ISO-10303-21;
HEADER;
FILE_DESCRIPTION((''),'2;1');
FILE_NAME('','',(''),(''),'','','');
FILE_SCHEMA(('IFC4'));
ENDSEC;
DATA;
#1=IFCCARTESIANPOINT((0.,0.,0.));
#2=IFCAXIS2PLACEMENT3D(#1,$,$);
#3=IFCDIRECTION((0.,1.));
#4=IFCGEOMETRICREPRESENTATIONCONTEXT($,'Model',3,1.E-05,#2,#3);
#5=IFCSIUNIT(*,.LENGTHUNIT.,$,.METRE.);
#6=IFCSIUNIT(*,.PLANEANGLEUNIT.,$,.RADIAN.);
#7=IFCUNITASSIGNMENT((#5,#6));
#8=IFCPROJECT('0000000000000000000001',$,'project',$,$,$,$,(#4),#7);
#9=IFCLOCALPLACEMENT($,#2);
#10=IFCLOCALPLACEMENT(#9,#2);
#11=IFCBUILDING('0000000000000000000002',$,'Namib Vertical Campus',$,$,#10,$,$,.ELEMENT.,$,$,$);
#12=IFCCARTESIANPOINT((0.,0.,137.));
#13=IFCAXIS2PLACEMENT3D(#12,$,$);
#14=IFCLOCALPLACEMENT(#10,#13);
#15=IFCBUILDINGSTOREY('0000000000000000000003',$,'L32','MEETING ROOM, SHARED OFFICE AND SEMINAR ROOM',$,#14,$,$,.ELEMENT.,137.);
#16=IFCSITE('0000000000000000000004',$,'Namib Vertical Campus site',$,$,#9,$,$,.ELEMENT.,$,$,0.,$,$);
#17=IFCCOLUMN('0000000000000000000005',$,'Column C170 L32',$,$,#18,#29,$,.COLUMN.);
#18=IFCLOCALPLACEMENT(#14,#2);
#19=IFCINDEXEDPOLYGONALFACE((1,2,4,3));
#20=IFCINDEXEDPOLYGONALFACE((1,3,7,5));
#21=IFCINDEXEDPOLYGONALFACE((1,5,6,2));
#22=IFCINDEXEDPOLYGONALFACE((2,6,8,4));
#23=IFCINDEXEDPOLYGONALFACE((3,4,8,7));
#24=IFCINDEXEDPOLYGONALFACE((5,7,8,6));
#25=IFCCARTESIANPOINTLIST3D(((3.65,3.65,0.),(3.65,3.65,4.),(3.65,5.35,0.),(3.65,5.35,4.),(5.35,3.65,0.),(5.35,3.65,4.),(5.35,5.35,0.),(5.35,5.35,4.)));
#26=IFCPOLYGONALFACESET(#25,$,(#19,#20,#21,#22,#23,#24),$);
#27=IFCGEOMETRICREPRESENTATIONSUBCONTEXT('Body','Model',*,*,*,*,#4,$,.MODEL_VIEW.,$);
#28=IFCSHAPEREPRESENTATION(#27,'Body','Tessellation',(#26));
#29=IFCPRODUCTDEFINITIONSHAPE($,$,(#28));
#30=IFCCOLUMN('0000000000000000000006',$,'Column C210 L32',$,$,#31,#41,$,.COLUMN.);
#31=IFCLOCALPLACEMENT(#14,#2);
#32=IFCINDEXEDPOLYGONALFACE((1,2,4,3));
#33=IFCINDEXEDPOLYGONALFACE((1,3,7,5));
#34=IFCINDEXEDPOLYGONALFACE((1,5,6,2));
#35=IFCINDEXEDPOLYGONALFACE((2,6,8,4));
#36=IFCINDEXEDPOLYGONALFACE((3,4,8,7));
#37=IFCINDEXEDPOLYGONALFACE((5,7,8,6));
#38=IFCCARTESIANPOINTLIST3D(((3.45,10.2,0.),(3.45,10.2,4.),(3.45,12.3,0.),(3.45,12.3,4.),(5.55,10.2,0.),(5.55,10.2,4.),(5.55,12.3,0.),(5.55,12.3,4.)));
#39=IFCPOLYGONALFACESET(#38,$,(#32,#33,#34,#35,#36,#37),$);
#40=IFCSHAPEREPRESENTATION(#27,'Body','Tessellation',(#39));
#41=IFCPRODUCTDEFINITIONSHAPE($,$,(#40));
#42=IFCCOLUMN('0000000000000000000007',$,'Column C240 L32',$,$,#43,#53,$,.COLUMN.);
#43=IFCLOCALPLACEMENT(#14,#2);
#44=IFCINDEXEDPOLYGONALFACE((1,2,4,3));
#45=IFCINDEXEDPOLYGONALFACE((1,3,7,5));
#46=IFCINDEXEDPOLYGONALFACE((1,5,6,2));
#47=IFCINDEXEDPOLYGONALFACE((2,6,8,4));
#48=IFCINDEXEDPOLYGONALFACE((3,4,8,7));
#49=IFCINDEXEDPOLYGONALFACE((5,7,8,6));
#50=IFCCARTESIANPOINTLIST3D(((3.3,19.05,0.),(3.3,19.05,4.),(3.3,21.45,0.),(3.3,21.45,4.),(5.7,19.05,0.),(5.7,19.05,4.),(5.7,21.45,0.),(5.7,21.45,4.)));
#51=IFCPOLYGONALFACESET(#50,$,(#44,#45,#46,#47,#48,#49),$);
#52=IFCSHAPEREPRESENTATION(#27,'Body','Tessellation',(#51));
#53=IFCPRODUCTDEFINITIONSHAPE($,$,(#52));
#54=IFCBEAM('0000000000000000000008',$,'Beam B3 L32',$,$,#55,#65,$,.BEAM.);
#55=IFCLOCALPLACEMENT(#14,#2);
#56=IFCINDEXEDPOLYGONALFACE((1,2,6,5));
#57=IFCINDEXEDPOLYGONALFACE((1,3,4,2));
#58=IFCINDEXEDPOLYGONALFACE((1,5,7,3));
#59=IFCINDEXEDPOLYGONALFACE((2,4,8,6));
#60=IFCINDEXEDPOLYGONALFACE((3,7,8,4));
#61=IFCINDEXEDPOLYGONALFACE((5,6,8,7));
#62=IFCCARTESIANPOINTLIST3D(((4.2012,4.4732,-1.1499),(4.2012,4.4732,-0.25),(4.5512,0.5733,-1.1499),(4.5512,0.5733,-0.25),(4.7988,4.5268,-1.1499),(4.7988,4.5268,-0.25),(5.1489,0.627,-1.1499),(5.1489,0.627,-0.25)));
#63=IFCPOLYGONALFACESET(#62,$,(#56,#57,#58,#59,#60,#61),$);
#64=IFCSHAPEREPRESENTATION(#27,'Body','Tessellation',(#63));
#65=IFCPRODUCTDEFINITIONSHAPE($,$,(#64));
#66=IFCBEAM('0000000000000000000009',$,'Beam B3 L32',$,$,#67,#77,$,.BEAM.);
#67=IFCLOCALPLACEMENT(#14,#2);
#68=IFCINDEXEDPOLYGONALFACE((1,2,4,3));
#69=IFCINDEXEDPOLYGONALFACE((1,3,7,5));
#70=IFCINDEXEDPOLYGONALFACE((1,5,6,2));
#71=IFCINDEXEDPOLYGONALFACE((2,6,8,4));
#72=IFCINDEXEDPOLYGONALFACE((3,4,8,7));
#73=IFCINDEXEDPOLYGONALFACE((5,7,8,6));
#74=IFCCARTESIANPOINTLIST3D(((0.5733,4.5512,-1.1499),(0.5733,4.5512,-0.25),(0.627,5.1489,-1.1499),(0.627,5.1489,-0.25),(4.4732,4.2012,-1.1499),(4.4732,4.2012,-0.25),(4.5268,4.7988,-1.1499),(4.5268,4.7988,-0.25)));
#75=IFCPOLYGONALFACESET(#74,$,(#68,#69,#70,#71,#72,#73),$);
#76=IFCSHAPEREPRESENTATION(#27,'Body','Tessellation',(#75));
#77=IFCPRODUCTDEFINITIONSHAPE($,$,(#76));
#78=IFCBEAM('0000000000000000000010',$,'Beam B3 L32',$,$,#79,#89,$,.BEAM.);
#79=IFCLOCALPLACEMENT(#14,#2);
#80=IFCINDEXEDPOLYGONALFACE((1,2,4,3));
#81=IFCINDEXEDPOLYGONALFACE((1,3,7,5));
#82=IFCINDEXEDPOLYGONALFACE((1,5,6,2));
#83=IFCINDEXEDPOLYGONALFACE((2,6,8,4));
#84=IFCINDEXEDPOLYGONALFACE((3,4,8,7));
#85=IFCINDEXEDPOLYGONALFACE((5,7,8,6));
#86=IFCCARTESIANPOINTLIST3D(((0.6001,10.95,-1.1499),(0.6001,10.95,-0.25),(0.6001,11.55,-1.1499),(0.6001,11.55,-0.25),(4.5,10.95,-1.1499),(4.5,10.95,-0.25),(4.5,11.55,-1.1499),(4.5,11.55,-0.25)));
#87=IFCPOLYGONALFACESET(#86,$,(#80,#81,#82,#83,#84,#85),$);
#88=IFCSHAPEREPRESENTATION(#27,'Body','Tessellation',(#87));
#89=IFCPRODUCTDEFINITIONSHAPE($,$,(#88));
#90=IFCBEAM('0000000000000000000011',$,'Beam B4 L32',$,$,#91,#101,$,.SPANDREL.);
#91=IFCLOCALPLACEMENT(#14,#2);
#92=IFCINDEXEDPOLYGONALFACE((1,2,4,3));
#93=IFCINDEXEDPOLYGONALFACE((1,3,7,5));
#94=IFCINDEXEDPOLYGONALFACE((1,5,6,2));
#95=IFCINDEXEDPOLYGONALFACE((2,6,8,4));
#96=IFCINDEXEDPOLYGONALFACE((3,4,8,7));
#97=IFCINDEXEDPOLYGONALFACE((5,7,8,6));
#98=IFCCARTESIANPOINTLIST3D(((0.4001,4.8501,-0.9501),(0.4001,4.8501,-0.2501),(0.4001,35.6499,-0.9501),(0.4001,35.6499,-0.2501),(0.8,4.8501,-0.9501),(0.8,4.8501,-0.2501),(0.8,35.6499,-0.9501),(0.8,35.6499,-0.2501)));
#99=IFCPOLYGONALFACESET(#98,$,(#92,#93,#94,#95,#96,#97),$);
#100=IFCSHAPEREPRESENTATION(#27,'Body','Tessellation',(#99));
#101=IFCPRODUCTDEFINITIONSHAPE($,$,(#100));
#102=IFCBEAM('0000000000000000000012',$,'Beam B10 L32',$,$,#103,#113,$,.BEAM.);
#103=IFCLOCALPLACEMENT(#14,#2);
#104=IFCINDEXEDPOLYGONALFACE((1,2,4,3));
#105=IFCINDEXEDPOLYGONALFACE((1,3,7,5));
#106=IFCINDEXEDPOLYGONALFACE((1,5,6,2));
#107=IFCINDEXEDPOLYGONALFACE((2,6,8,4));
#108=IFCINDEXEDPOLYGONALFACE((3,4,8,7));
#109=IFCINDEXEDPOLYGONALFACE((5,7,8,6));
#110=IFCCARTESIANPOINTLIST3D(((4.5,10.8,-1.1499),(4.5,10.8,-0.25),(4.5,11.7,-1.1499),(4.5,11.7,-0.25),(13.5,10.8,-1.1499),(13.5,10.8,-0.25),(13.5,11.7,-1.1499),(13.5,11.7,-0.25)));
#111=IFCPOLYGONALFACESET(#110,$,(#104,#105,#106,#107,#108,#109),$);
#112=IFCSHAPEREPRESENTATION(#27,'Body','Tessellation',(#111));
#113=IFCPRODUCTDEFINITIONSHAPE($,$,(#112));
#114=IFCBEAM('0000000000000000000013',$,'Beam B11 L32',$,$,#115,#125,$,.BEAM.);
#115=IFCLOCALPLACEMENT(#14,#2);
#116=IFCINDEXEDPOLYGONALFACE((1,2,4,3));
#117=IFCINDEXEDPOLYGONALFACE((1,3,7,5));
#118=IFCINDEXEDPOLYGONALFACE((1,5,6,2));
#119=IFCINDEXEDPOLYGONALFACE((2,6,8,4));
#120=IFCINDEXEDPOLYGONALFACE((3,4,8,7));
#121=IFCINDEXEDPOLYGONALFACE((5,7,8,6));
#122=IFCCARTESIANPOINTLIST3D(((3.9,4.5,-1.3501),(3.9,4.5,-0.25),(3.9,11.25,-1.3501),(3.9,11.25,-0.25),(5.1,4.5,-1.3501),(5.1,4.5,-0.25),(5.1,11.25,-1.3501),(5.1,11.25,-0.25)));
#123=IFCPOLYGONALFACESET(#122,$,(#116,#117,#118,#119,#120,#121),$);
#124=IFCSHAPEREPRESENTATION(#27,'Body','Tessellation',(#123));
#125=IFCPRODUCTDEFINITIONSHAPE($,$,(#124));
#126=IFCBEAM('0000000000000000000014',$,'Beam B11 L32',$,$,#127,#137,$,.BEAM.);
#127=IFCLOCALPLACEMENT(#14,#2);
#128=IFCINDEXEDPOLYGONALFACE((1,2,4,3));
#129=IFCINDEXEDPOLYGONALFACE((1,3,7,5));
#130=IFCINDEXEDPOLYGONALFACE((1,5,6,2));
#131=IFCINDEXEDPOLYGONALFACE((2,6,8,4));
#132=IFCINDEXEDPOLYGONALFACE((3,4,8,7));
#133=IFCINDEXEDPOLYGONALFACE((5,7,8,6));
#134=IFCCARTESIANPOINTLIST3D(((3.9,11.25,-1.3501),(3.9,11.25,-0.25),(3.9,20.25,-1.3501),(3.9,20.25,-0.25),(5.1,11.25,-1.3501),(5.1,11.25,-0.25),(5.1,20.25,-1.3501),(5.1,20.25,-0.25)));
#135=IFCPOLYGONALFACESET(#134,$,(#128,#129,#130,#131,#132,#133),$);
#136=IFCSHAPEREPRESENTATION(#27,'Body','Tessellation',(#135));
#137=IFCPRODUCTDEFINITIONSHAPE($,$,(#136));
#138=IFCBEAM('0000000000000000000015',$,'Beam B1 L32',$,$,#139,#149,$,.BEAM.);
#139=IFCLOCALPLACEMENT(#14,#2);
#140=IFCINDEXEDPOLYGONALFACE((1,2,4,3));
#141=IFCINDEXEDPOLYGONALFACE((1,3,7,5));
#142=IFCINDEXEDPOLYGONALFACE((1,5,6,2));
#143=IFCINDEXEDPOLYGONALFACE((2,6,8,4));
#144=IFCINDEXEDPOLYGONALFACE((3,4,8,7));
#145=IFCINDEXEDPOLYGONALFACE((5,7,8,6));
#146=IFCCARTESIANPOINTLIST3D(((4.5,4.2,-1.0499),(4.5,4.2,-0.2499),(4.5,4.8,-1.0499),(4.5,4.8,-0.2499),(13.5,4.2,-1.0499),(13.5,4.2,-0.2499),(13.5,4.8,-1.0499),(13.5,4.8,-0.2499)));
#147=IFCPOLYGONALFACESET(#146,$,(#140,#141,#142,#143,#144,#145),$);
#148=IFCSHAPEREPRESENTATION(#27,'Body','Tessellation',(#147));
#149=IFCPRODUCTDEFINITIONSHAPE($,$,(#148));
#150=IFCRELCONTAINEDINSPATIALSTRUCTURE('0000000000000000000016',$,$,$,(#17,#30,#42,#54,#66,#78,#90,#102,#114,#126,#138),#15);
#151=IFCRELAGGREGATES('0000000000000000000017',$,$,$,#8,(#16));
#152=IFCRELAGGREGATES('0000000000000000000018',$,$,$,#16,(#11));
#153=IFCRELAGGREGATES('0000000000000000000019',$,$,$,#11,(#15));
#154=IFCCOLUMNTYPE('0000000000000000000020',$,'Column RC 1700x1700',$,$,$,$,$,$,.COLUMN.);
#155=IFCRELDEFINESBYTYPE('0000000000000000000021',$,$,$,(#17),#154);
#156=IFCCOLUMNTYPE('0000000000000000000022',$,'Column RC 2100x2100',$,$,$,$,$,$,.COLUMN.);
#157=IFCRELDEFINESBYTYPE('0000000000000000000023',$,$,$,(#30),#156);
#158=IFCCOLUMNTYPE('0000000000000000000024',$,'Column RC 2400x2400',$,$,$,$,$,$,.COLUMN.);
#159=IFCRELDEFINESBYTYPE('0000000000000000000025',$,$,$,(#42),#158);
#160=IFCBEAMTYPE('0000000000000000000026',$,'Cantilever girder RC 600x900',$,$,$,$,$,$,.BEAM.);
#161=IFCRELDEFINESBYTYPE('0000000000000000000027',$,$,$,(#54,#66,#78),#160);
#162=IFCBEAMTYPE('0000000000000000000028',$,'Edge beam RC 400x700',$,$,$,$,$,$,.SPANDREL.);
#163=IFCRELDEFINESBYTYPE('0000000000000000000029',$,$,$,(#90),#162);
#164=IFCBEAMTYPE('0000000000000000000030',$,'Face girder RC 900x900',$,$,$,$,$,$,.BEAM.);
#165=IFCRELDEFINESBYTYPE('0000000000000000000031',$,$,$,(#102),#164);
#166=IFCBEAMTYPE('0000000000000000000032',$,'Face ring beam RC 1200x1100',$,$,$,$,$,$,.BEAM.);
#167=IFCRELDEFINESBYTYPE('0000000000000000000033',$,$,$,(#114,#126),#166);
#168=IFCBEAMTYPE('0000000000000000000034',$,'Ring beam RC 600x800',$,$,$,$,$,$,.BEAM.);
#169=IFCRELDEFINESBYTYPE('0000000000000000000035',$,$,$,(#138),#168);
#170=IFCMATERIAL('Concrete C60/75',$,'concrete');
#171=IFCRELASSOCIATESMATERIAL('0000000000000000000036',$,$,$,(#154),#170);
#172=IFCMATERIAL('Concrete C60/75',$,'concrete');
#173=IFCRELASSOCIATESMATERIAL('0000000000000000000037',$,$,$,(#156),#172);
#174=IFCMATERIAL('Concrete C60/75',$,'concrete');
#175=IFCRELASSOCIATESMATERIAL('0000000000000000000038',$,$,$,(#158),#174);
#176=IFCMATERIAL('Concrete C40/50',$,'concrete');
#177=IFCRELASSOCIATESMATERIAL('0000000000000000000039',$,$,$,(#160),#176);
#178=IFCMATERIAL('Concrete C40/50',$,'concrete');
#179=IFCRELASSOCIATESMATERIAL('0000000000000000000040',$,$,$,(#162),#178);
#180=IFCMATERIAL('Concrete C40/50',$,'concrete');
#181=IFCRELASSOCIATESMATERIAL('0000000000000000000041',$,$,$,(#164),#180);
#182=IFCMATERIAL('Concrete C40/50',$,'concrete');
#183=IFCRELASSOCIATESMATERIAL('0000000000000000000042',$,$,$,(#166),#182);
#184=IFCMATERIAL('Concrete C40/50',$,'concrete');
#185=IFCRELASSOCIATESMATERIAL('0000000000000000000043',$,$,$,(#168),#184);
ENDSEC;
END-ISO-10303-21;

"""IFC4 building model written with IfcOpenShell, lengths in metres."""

from ifc_helpers import new_model, si_unit, direction, frame, origin, origin_2d, place, context, subcontext, project, spatial, rectangle, extrude, material, material_profile, profile_set, type_object, element, save


model = new_model("IFC4")

# Units and contexts
model_context = context("Model", 3, precision=1e-05, world=origin(), true_north=direction((0.0, 1.0)))
body_context = subcontext(model_context, "Body", "Model", "MODEL_VIEW")
ifc_project = project(units=[si_unit("LENGTHUNIT", "METRE"), si_unit("PLANEANGLEUNIT", "RADIAN")], contexts=[model_context])

# Site, building, storey
site_placement = place(None, origin())
site = spatial("IfcSite", under=ifc_project, at=site_placement, Name="Namib Vertical Campus site", CompositionType="ELEMENT", RefElevation=0.0)
building_placement = place(site_placement, origin())
building = spatial("IfcBuilding", under=site, at=building_placement, Name="Namib Vertical Campus", CompositionType="ELEMENT")
storey_placement = place(building_placement, frame((0.0, 0.0, 137.0)))
storey = spatial("IfcBuildingStorey", under=building, at=storey_placement, Name="L32", Description="MEETING ROOM, SHARED OFFICE AND SEMINAR ROOM", CompositionType="ELEMENT", Elevation=137.0)

# Columns
ifc_material_1 = material(Name="Concrete C60/75", Category="concrete")
ifc_material_profile_1 = material_profile(ifc_material_1, rectangle(XDim=1.7, YDim=1.7, at=origin_2d()))
ifc_profile_set_1 = profile_set([ifc_material_profile_1], Name="Concrete C60/75")
column_type_1 = type_object("IfcColumnType", Name="Column RC 1700x1700", PredefinedType="COLUMN", material=ifc_profile_set_1)
column_1_placement = place(storey_placement, frame((4.5, 4.5, 0.0), z_axis=(0.0, 0.0, 1.0), x_axis=(1.0, 0.0, 0.0)))
element("IfcColumn", 1, at=column_1_placement, inside=storey, type_object=column_type_1, Name="Column C170 L32", PredefinedType="COLUMN", context=body_context, shape_type="SweptSolid", body=[
    extrude(rectangle(XDim=1.7, YDim=1.7, at=origin_2d()), origin(), (0.0, 0.0, 1.0), 4.0),
])
ifc_material_2 = material(Name="Concrete C60/75", Category="concrete")
ifc_material_profile_2 = material_profile(ifc_material_2, rectangle(XDim=2.1001, YDim=2.1001, at=origin_2d()))
ifc_profile_set_2 = profile_set([ifc_material_profile_2], Name="Concrete C60/75")
column_type_2 = type_object("IfcColumnType", Name="Column RC 2100x2100", PredefinedType="COLUMN", material=ifc_profile_set_2)
column_2_placement = place(storey_placement, frame((4.5, 11.25, 0.0), z_axis=(0.0, 0.0, 1.0), x_axis=(1.0, 0.0, 0.0)))
element("IfcColumn", 2, at=column_2_placement, inside=storey, type_object=column_type_2, Name="Column C210 L32", PredefinedType="COLUMN", context=body_context, shape_type="SweptSolid", body=[
    extrude(rectangle(XDim=2.1001, YDim=2.1001, at=origin_2d()), origin(), (0.0, 0.0, 1.0), 4.0),
])
ifc_material_3 = material(Name="Concrete C60/75", Category="concrete")
ifc_material_profile_3 = material_profile(ifc_material_3, rectangle(XDim=2.3999, YDim=2.3999, at=origin_2d()))
ifc_profile_set_3 = profile_set([ifc_material_profile_3], Name="Concrete C60/75")
column_type_3 = type_object("IfcColumnType", Name="Column RC 2400x2400", PredefinedType="COLUMN", material=ifc_profile_set_3)
column_3_placement = place(storey_placement, frame((4.5, 20.25, 0.0), z_axis=(0.0, 0.0, 1.0), x_axis=(1.0, 0.0, 0.0)))
element("IfcColumn", 3, at=column_3_placement, inside=storey, type_object=column_type_3, Name="Column C240 L32", PredefinedType="COLUMN", context=body_context, shape_type="SweptSolid", body=[
    extrude(rectangle(XDim=2.3999, YDim=2.3999, at=origin_2d()), origin(), (0.0, 0.0, 1.0), 4.0),
])

# Beams
ifc_material_4 = material(Name="Concrete C40/50", Category="concrete")
ifc_material_profile_4 = material_profile(ifc_material_4, rectangle(XDim=0.6001, YDim=0.8999, at=origin_2d()))
ifc_profile_set_4 = profile_set([ifc_material_profile_4], Name="Concrete C40/50")
beam_type_1 = type_object("IfcBeamType", Name="Cantilever girder RC 600x900", PredefinedType="BEAM", material=ifc_profile_set_4)
for number, where, z_axis, x_axis, name in (
    (4, (4.5, 4.5, -0.7), (0.089411, -0.995995, 0.0), (0.995995, 0.089411, 0.0), "Beam B3 L32"),
    (5, (4.5, 4.5, -0.7), (-0.995995, 0.089411, 0.0), (-0.089411, -0.995995, 0.0), "Beam B3 L32"),
):
    element("IfcBeam", number, at=place(storey_placement, frame(where, z_axis=z_axis, x_axis=x_axis)), inside=storey, type_object=beam_type_1, Name=name, PredefinedType="BEAM", context=body_context, shape_type="SweptSolid", body=[
        extrude(rectangle(XDim=0.6001, YDim=0.8999, at=origin_2d()), origin(), (0.0, 0.0, 1.0), 3.9155),
    ])
beam_1_placement = place(storey_placement, frame((4.5, 11.25, -0.7), z_axis=(-1.0, 0.0, 0.0), x_axis=(0.0, -1.0, 0.0)))
element("IfcBeam", 6, at=beam_1_placement, inside=storey, type_object=beam_type_1, Name="Beam B3 L32", PredefinedType="BEAM", context=body_context, shape_type="SweptSolid", body=[
    extrude(rectangle(XDim=0.6001, YDim=0.8999, at=origin_2d()), origin(), (0.0, 0.0, 1.0), 3.8999),
])
ifc_material_5 = material(Name="Concrete C40/50", Category="concrete")
ifc_material_profile_5 = material_profile(ifc_material_5, rectangle(XDim=0.3999, YDim=0.7, at=origin_2d()))
ifc_profile_set_5 = profile_set([ifc_material_profile_5], Name="Concrete C40/50")
beam_type_2 = type_object("IfcBeamType", Name="Edge beam RC 400x700", PredefinedType="SPANDREL", material=ifc_profile_set_5)
beam_2_placement = place(storey_placement, frame((0.6001, 4.8501, -0.6001), z_axis=(0.0, 1.0, 0.0), x_axis=(-1.0, 0.0, 0.0)))
element("IfcBeam", 7, at=beam_2_placement, inside=storey, type_object=beam_type_2, Name="Beam B4 L32", PredefinedType="SPANDREL", context=body_context, shape_type="SweptSolid", body=[
    extrude(rectangle(XDim=0.3999, YDim=0.7, at=origin_2d()), origin(), (0.0, 0.0, 1.0), 30.7998),
])
ifc_material_6 = material(Name="Concrete C40/50", Category="concrete")
ifc_material_profile_6 = material_profile(ifc_material_6, rectangle(XDim=0.8999, YDim=0.8999, at=origin_2d()))
ifc_profile_set_6 = profile_set([ifc_material_profile_6], Name="Concrete C40/50")
beam_type_3 = type_object("IfcBeamType", Name="Face girder RC 900x900", PredefinedType="BEAM", material=ifc_profile_set_6)
beam_3_placement = place(storey_placement, frame((4.5, 11.25, -0.7), z_axis=(1.0, 0.0, 0.0), x_axis=(0.0, 1.0, 0.0)))
element("IfcBeam", 8, at=beam_3_placement, inside=storey, type_object=beam_type_3, Name="Beam B10 L32", PredefinedType="BEAM", context=body_context, shape_type="SweptSolid", body=[
    extrude(rectangle(XDim=0.8999, YDim=0.8999, at=origin_2d()), origin(), (0.0, 0.0, 1.0), 9.0),
])
ifc_material_7 = material(Name="Concrete C40/50", Category="concrete")
ifc_material_profile_7 = material_profile(ifc_material_7, rectangle(XDim=1.2, YDim=1.1001, at=origin_2d()))
ifc_profile_set_7 = profile_set([ifc_material_profile_7], Name="Concrete C40/50")
beam_type_4 = type_object("IfcBeamType", Name="Face ring beam RC 1200x1100", PredefinedType="BEAM", material=ifc_profile_set_7)
beam_4_placement = place(storey_placement, frame((4.5, 4.5, -0.8), z_axis=(0.0, 1.0, 0.0), x_axis=(-1.0, 0.0, 0.0)))
element("IfcBeam", 9, at=beam_4_placement, inside=storey, type_object=beam_type_4, Name="Beam B11 L32", PredefinedType="BEAM", context=body_context, shape_type="SweptSolid", body=[
    extrude(rectangle(XDim=1.2, YDim=1.1001, at=origin_2d()), origin(), (0.0, 0.0, 1.0), 6.75),
])
beam_5_placement = place(storey_placement, frame((4.5, 11.25, -0.8), z_axis=(0.0, 1.0, 0.0), x_axis=(-1.0, 0.0, 0.0)))
element("IfcBeam", 10, at=beam_5_placement, inside=storey, type_object=beam_type_4, Name="Beam B11 L32", PredefinedType="BEAM", context=body_context, shape_type="SweptSolid", body=[
    extrude(rectangle(XDim=1.2, YDim=1.1001, at=origin_2d()), origin(), (0.0, 0.0, 1.0), 9.0),
])
ifc_material_8 = material(Name="Concrete C40/50", Category="concrete")
ifc_material_profile_8 = material_profile(ifc_material_8, rectangle(XDim=0.6001, YDim=0.8, at=origin_2d()))
ifc_profile_set_8 = profile_set([ifc_material_profile_8], Name="Concrete C40/50")
beam_type_5 = type_object("IfcBeamType", Name="Ring beam RC 600x800", PredefinedType="BEAM", material=ifc_profile_set_8)
beam_6_placement = place(storey_placement, frame((4.5, 4.5, -0.6499), z_axis=(1.0, 0.0, 0.0), x_axis=(0.0, 1.0, 0.0)))
element("IfcBeam", 11, at=beam_6_placement, inside=storey, type_object=beam_type_5, Name="Beam B1 L32", PredefinedType="BEAM", context=body_context, shape_type="SweptSolid", body=[
    extrude(rectangle(XDim=0.6001, YDim=0.8, at=origin_2d()), origin(), (0.0, 0.0, 1.0), 9.0),
])

save(model, "model.ifc")
